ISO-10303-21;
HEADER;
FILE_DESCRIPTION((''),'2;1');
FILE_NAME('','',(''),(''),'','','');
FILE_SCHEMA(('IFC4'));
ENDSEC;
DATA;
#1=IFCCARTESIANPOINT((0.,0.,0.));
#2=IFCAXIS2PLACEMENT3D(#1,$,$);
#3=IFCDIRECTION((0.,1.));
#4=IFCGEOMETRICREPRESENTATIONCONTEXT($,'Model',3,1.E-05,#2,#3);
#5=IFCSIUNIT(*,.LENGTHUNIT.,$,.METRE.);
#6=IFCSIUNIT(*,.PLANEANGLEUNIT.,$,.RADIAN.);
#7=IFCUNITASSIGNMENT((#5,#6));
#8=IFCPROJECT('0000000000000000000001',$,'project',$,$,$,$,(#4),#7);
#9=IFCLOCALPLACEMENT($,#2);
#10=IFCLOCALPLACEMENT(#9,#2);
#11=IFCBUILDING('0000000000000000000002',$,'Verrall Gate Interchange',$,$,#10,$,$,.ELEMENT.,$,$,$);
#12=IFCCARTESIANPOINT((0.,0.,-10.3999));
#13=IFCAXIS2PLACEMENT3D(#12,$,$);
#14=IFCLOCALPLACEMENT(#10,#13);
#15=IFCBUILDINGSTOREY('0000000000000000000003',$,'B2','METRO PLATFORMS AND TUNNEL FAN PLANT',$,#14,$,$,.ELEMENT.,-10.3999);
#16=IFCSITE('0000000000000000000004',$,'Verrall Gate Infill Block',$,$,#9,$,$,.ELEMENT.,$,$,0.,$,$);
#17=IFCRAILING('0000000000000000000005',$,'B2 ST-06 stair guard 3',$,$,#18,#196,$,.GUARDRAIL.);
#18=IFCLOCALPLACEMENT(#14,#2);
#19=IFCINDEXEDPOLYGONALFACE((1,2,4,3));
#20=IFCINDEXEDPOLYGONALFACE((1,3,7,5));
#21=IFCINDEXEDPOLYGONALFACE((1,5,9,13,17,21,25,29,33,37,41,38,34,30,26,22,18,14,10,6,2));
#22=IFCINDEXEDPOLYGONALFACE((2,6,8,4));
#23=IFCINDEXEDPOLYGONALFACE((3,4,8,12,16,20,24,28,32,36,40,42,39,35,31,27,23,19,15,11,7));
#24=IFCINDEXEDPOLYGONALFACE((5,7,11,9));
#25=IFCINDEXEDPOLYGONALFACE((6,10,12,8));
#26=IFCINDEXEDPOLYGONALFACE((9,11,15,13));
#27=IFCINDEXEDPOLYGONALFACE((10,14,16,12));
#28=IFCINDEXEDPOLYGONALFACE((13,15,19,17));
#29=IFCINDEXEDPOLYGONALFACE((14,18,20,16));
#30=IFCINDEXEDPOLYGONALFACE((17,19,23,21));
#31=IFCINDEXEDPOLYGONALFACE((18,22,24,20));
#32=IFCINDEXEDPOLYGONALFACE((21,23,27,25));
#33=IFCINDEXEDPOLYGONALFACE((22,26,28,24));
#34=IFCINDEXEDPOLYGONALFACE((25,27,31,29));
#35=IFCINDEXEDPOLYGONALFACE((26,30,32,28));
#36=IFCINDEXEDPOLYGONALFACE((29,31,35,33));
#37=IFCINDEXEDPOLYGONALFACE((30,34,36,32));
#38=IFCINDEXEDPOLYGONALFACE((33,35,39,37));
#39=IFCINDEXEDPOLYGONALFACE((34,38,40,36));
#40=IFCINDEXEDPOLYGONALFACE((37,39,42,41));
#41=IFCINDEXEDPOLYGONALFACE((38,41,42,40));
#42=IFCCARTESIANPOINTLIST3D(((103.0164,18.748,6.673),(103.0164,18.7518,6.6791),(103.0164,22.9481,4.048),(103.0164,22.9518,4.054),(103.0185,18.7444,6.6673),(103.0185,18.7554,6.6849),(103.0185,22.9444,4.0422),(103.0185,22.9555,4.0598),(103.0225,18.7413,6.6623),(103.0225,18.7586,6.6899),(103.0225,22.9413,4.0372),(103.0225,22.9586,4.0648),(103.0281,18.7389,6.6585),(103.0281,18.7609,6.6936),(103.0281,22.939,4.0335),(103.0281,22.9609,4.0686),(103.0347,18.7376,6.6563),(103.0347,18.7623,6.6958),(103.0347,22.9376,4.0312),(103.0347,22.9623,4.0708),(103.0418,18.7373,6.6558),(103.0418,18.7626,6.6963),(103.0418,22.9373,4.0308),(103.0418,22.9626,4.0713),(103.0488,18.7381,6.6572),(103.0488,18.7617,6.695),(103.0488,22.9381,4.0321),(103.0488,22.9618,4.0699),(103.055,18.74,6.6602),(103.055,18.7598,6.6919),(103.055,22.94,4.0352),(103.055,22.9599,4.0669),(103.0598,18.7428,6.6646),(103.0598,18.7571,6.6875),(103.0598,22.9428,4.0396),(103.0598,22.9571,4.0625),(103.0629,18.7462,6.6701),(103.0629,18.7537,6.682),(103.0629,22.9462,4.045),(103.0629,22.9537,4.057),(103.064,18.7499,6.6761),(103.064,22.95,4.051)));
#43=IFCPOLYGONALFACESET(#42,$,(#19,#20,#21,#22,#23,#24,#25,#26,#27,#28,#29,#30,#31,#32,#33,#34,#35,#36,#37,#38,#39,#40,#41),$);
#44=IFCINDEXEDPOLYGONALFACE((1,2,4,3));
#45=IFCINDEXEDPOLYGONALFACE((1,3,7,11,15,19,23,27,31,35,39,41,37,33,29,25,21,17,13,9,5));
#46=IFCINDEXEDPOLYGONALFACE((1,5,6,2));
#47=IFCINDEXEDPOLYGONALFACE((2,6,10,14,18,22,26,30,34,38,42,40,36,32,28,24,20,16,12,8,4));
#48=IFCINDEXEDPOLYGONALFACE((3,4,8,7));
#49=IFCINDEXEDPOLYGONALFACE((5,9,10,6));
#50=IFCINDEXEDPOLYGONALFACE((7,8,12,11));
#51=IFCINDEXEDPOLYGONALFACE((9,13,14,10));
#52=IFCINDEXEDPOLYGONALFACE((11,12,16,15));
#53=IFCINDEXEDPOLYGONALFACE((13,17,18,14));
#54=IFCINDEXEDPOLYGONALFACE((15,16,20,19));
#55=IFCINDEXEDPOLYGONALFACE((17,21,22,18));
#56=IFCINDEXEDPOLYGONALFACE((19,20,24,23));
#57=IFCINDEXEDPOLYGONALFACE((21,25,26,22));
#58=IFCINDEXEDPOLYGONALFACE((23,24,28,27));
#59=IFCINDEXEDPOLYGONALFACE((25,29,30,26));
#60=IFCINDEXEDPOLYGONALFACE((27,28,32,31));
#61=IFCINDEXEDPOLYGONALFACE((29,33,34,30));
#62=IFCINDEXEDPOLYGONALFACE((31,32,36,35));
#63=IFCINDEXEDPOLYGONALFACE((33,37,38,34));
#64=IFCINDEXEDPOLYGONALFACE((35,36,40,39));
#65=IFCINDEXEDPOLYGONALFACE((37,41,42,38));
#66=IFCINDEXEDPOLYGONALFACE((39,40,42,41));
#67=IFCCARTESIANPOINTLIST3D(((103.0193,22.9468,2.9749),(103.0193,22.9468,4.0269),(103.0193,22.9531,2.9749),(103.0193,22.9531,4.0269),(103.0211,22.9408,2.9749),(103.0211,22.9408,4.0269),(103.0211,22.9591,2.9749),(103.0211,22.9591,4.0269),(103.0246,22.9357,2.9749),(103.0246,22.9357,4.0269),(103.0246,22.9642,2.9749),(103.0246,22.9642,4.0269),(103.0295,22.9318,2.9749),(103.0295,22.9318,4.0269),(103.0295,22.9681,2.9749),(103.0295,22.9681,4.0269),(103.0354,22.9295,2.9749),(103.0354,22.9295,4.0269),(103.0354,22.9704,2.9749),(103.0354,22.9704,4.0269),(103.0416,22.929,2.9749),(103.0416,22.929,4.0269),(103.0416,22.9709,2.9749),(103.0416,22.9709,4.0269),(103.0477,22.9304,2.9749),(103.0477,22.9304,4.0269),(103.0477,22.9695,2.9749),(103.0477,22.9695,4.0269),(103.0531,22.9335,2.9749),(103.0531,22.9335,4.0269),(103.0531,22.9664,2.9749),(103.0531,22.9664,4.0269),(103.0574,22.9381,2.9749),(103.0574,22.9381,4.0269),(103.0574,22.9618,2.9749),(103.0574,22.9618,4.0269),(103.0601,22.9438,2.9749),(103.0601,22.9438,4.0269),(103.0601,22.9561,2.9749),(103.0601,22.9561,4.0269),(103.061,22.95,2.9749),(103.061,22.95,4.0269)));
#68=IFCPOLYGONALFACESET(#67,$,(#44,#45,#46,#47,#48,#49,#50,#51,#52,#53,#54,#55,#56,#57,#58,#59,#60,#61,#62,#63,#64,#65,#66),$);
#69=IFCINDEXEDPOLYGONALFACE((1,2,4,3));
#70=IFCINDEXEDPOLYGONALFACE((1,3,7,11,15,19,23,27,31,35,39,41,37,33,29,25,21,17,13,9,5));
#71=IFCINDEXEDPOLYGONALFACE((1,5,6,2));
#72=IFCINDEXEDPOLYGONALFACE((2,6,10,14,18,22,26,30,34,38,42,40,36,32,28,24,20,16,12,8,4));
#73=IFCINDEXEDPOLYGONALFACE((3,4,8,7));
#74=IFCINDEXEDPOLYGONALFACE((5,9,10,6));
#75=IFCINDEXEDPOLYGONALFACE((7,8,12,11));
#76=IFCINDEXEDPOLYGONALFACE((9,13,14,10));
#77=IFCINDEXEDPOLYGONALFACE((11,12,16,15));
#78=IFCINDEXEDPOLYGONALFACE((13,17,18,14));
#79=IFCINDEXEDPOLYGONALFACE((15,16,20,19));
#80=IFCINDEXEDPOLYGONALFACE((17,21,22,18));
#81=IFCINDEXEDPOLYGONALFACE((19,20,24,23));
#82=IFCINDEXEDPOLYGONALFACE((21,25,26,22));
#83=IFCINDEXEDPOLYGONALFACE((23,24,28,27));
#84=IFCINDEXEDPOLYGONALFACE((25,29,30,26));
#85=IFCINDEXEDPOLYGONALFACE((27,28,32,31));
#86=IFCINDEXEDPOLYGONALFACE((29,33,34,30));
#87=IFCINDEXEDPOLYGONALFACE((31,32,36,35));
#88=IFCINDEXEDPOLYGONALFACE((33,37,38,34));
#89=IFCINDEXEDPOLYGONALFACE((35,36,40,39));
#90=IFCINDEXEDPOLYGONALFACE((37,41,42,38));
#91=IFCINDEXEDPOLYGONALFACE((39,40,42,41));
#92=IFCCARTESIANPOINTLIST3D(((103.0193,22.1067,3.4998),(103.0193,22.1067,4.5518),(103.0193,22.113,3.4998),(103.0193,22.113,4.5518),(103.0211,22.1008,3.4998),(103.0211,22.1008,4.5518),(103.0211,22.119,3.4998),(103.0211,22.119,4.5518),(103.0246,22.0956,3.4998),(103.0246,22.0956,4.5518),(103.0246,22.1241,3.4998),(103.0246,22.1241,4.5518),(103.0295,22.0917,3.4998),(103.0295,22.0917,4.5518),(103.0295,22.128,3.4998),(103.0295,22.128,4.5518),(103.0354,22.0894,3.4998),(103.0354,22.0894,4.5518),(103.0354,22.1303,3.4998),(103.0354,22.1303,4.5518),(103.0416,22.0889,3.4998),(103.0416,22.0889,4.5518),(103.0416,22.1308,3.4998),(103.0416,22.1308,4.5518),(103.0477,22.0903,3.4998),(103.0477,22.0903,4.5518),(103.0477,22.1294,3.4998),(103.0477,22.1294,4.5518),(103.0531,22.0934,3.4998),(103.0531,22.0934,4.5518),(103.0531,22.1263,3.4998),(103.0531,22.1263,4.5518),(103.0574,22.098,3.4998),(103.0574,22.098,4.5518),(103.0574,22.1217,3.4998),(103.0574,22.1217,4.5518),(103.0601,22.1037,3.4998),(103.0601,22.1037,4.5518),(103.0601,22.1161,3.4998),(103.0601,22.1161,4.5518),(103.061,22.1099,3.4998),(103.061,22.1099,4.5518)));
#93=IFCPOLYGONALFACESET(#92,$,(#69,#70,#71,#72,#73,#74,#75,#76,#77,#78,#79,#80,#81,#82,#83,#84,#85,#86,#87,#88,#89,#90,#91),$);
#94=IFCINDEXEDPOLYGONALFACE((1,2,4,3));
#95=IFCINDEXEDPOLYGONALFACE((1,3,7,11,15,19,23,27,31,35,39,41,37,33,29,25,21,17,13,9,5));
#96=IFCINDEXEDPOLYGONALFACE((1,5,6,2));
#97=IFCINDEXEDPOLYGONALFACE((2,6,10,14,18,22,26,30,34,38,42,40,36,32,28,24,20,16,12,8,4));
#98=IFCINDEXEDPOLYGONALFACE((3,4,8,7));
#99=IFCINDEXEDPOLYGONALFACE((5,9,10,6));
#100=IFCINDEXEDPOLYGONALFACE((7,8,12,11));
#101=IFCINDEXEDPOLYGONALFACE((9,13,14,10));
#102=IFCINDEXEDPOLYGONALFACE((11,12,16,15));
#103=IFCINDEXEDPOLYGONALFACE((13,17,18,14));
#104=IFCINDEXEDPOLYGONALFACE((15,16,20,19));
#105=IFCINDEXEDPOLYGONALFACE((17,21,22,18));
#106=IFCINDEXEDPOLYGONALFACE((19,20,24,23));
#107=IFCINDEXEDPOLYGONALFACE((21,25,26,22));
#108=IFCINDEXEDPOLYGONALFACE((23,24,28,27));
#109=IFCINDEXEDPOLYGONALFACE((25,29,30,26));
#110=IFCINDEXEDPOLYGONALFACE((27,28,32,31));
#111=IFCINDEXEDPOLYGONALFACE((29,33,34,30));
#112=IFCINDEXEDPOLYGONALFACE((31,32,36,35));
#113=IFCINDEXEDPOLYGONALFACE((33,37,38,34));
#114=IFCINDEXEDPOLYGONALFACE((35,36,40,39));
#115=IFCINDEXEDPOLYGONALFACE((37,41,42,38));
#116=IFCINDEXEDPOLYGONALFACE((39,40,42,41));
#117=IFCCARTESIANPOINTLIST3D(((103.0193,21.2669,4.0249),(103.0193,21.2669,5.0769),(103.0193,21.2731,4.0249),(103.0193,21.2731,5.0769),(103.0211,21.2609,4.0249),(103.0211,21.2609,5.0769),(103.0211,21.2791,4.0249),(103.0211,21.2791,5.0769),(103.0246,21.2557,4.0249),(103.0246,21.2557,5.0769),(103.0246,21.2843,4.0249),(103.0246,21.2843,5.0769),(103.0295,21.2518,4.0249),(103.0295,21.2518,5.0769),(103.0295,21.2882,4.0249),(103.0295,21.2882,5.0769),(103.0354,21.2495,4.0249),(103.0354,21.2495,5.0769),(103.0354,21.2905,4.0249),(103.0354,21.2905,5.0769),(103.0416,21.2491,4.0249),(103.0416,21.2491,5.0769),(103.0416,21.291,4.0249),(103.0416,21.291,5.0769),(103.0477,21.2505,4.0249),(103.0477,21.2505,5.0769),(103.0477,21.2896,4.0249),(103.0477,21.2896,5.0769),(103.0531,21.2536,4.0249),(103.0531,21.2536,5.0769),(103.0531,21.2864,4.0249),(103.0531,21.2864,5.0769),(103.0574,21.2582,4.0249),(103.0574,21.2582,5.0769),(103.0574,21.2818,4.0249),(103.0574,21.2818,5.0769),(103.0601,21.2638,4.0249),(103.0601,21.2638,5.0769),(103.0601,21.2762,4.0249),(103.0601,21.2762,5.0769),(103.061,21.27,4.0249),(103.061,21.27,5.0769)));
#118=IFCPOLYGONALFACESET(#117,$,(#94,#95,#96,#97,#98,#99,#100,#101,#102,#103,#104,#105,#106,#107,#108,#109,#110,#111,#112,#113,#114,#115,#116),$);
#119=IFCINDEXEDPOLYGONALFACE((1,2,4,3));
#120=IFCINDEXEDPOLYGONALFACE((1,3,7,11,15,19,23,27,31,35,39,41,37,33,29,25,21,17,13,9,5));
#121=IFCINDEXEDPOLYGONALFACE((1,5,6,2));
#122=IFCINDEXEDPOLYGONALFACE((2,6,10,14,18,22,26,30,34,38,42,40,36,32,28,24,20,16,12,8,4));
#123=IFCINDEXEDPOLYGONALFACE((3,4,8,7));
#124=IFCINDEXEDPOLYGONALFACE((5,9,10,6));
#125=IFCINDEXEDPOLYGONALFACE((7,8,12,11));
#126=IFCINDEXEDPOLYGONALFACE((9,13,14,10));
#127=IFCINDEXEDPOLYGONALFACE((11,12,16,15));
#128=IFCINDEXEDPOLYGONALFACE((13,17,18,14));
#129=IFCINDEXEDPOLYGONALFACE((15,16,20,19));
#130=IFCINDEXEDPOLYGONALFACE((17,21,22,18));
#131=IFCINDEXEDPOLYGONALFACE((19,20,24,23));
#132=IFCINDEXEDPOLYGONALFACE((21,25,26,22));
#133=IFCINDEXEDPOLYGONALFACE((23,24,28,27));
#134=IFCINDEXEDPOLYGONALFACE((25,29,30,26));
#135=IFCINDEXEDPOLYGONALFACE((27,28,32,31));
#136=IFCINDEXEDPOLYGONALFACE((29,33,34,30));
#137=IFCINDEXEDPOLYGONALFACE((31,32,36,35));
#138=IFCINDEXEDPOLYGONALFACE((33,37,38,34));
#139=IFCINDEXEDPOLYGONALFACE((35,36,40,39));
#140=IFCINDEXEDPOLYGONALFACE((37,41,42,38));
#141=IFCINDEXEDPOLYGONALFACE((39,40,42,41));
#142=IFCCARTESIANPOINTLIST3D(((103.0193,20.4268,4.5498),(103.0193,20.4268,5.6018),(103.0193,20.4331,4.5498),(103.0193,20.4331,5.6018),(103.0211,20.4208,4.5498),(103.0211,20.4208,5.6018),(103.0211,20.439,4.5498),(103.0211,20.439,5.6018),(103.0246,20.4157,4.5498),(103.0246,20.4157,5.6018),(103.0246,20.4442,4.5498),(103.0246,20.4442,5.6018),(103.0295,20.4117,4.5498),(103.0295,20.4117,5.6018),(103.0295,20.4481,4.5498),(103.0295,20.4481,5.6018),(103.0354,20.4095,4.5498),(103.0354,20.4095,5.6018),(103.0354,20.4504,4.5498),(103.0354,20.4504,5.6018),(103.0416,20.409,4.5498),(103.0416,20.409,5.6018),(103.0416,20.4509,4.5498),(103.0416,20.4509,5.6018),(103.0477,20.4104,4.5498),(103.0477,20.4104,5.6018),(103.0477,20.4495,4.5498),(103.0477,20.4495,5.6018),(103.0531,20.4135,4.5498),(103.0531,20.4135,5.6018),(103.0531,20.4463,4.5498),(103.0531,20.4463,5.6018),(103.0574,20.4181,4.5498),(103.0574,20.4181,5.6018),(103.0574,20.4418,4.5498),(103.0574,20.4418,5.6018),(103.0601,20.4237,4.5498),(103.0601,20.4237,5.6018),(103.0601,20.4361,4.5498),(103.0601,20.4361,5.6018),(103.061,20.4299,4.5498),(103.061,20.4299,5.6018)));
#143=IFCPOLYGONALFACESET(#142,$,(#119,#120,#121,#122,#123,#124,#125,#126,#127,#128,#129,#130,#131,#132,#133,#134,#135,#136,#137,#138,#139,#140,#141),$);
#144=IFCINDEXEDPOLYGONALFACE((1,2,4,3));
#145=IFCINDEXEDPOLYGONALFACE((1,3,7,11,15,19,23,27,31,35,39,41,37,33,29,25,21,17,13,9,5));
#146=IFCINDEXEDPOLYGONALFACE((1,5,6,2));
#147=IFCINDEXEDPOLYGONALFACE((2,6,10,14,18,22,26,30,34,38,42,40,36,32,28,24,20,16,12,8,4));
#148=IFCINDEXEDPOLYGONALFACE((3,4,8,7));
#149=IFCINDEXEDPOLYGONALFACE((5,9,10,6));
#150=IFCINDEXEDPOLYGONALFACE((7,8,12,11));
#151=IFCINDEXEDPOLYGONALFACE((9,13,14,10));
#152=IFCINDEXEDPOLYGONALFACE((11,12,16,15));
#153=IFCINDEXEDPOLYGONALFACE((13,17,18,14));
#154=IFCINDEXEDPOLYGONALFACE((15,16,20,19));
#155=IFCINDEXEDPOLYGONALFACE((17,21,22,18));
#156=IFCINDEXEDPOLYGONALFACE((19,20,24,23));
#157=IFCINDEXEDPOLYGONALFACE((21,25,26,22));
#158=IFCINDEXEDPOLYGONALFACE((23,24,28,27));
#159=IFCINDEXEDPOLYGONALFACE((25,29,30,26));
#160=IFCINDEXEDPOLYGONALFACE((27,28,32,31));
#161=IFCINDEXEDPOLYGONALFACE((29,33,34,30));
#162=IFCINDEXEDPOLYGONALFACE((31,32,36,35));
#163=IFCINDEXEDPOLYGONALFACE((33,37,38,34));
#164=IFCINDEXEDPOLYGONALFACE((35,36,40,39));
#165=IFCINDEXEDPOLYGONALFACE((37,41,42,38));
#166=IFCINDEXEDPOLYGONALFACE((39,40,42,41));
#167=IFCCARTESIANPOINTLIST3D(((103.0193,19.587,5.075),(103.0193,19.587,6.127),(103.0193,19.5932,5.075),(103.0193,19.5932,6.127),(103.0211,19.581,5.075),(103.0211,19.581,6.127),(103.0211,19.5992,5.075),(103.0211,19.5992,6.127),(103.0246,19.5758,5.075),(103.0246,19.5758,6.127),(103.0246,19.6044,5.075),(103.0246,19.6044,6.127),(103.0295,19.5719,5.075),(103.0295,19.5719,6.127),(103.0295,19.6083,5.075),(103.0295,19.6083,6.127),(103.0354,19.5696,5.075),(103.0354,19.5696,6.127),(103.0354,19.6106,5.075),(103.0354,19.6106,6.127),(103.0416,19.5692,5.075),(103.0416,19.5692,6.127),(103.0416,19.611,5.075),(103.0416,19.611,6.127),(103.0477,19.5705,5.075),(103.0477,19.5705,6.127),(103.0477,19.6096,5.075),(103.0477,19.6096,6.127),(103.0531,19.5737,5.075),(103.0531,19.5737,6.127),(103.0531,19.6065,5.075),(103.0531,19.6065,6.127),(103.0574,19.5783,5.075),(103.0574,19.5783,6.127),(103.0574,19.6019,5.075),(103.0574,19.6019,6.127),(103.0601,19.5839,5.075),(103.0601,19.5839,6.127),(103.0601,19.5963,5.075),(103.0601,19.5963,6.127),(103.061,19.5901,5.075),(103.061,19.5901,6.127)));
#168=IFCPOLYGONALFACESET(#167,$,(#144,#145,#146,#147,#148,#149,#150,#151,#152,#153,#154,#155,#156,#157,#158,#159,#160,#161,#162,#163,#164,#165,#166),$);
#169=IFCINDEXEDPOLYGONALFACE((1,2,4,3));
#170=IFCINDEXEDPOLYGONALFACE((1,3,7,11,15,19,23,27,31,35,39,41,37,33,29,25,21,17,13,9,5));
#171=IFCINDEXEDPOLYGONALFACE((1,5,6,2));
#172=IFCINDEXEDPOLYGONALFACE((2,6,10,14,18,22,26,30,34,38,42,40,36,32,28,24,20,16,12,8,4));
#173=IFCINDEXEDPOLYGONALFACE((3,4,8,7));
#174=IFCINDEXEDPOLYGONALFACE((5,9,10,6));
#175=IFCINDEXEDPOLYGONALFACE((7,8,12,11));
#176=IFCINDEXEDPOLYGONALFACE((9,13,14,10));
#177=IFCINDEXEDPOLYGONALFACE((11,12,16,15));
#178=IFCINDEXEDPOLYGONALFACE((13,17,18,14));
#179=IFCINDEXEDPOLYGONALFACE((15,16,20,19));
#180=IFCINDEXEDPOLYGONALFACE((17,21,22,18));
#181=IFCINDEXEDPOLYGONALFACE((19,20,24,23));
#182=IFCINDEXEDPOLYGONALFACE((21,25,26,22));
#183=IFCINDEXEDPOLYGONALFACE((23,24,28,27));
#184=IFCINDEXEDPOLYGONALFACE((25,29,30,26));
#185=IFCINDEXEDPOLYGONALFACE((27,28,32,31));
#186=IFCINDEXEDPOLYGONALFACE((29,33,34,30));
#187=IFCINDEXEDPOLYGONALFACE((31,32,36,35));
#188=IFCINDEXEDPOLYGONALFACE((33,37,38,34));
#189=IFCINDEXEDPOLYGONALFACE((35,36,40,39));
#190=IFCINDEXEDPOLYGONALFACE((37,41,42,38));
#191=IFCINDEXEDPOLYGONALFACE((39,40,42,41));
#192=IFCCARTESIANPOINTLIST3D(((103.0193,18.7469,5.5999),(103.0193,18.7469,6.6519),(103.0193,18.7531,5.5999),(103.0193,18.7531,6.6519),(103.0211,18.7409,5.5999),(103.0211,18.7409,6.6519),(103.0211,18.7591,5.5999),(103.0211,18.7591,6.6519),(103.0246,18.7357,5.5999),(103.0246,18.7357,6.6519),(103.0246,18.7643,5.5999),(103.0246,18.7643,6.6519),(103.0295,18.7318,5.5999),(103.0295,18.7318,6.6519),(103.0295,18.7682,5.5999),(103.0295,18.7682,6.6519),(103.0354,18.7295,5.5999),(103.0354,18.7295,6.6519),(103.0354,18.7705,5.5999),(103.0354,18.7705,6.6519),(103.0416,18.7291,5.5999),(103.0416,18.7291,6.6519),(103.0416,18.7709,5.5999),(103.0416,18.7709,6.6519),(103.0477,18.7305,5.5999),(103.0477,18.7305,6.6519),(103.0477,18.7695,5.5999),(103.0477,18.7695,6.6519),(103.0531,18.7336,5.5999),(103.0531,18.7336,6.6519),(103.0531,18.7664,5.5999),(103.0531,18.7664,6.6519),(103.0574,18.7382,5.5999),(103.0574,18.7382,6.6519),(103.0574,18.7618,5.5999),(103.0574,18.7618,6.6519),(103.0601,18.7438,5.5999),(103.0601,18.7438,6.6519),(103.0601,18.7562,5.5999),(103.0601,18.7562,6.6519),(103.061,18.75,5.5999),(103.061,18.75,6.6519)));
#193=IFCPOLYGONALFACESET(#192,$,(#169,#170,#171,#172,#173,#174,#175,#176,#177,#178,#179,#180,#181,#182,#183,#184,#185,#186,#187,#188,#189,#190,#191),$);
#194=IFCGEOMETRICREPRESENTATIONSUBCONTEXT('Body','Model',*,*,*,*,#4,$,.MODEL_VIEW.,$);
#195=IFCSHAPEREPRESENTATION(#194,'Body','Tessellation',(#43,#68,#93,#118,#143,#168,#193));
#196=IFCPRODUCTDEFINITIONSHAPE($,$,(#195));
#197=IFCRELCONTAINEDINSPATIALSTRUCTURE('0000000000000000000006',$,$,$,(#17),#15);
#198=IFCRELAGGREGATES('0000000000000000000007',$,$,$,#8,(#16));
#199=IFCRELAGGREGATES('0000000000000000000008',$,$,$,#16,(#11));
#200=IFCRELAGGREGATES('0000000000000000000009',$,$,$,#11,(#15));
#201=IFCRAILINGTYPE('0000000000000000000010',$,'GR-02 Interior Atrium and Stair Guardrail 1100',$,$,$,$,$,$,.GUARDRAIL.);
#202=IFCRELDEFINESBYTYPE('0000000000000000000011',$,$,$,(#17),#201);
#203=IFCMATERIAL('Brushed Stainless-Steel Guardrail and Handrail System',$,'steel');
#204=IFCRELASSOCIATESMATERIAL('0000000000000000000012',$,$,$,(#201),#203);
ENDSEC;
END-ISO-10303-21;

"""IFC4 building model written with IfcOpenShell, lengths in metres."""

from ifc_helpers import new_model, si_unit, direction, frame, origin, origin_2d, place, context, subcontext, project, spatial, circle, extrude, material, type_object, element, save


model = new_model("IFC4")

# Units and contexts
model_context = context("Model", 3, precision=1e-05, world=origin(), true_north=direction((0.0, 1.0)))
body_context = subcontext(model_context, "Body", "Model", "MODEL_VIEW")
ifc_project = project(units=[si_unit("LENGTHUNIT", "METRE"), si_unit("PLANEANGLEUNIT", "RADIAN")], contexts=[model_context])

# Site, building, storey
site_placement = place(None, origin())
site = spatial("IfcSite", under=ifc_project, at=site_placement, Name="Verrall Gate Infill Block", CompositionType="ELEMENT", RefElevation=0.0)
building_placement = place(site_placement, origin())
building = spatial("IfcBuilding", under=site, at=building_placement, Name="Verrall Gate Interchange", CompositionType="ELEMENT")
storey_placement = place(building_placement, frame((0.0, 0.0, -10.3999)))
storey = spatial("IfcBuildingStorey", under=building, at=storey_placement, Name="B2", Description="METRO PLATFORMS AND TUNNEL FAN PLANT", CompositionType="ELEMENT", Elevation=-10.3999)

# Railing
ifc_material_1 = material(Name="Brushed Stainless-Steel Guardrail and Handrail System", Category="steel")
railing_type_1 = type_object("IfcRailingType", Name="GR-02 Interior Atrium and Stair Guardrail 1100", PredefinedType="GUARDRAIL", material=ifc_material_1)
railing_1_placement = place(storey_placement, frame((103.04, 22.95, 2.9749)))
element("IfcRailing", 1, at=railing_1_placement, inside=storey, type_object=railing_type_1, Name="B2 ST-06 stair guard 3", PredefinedType="GUARDRAIL", context=body_context, shape_type="SweptSolid", body=[
    extrude(circle(Radius=0.0239, at=origin_2d()), frame((0.0, 0.0, 1.0762), z_axis=(0.0, -0.847996, 0.530003), x_axis=(1.0, 0.0, 0.0)), (0.0, 0.0, 1.0), 4.9529),
    extrude(circle(Radius=0.021, at=origin_2d()), origin(), (0.0, 0.0, 1.0), 1.052),
    extrude(circle(Radius=0.021, at=origin_2d()), frame((0.0, -0.8401, 0.5249)), (0.0, 0.0, 1.0), 1.052),
    extrude(circle(Radius=0.021, at=origin_2d()), frame((0.0, -1.6799, 1.05)), (0.0, 0.0, 1.0), 1.052),
    extrude(circle(Radius=0.021, at=origin_2d()), frame((0.0, -2.52, 1.575)), (0.0, 0.0, 1.0), 1.052),
    extrude(circle(Radius=0.021, at=origin_2d()), frame((0.0, -3.3599, 2.1001)), (0.0, 0.0, 1.0), 1.052),
    extrude(circle(Radius=0.021, at=origin_2d()), frame((0.0, -4.2, 2.625)), (0.0, 0.0, 1.0), 1.052),
])

save(model, "model.ifc")
